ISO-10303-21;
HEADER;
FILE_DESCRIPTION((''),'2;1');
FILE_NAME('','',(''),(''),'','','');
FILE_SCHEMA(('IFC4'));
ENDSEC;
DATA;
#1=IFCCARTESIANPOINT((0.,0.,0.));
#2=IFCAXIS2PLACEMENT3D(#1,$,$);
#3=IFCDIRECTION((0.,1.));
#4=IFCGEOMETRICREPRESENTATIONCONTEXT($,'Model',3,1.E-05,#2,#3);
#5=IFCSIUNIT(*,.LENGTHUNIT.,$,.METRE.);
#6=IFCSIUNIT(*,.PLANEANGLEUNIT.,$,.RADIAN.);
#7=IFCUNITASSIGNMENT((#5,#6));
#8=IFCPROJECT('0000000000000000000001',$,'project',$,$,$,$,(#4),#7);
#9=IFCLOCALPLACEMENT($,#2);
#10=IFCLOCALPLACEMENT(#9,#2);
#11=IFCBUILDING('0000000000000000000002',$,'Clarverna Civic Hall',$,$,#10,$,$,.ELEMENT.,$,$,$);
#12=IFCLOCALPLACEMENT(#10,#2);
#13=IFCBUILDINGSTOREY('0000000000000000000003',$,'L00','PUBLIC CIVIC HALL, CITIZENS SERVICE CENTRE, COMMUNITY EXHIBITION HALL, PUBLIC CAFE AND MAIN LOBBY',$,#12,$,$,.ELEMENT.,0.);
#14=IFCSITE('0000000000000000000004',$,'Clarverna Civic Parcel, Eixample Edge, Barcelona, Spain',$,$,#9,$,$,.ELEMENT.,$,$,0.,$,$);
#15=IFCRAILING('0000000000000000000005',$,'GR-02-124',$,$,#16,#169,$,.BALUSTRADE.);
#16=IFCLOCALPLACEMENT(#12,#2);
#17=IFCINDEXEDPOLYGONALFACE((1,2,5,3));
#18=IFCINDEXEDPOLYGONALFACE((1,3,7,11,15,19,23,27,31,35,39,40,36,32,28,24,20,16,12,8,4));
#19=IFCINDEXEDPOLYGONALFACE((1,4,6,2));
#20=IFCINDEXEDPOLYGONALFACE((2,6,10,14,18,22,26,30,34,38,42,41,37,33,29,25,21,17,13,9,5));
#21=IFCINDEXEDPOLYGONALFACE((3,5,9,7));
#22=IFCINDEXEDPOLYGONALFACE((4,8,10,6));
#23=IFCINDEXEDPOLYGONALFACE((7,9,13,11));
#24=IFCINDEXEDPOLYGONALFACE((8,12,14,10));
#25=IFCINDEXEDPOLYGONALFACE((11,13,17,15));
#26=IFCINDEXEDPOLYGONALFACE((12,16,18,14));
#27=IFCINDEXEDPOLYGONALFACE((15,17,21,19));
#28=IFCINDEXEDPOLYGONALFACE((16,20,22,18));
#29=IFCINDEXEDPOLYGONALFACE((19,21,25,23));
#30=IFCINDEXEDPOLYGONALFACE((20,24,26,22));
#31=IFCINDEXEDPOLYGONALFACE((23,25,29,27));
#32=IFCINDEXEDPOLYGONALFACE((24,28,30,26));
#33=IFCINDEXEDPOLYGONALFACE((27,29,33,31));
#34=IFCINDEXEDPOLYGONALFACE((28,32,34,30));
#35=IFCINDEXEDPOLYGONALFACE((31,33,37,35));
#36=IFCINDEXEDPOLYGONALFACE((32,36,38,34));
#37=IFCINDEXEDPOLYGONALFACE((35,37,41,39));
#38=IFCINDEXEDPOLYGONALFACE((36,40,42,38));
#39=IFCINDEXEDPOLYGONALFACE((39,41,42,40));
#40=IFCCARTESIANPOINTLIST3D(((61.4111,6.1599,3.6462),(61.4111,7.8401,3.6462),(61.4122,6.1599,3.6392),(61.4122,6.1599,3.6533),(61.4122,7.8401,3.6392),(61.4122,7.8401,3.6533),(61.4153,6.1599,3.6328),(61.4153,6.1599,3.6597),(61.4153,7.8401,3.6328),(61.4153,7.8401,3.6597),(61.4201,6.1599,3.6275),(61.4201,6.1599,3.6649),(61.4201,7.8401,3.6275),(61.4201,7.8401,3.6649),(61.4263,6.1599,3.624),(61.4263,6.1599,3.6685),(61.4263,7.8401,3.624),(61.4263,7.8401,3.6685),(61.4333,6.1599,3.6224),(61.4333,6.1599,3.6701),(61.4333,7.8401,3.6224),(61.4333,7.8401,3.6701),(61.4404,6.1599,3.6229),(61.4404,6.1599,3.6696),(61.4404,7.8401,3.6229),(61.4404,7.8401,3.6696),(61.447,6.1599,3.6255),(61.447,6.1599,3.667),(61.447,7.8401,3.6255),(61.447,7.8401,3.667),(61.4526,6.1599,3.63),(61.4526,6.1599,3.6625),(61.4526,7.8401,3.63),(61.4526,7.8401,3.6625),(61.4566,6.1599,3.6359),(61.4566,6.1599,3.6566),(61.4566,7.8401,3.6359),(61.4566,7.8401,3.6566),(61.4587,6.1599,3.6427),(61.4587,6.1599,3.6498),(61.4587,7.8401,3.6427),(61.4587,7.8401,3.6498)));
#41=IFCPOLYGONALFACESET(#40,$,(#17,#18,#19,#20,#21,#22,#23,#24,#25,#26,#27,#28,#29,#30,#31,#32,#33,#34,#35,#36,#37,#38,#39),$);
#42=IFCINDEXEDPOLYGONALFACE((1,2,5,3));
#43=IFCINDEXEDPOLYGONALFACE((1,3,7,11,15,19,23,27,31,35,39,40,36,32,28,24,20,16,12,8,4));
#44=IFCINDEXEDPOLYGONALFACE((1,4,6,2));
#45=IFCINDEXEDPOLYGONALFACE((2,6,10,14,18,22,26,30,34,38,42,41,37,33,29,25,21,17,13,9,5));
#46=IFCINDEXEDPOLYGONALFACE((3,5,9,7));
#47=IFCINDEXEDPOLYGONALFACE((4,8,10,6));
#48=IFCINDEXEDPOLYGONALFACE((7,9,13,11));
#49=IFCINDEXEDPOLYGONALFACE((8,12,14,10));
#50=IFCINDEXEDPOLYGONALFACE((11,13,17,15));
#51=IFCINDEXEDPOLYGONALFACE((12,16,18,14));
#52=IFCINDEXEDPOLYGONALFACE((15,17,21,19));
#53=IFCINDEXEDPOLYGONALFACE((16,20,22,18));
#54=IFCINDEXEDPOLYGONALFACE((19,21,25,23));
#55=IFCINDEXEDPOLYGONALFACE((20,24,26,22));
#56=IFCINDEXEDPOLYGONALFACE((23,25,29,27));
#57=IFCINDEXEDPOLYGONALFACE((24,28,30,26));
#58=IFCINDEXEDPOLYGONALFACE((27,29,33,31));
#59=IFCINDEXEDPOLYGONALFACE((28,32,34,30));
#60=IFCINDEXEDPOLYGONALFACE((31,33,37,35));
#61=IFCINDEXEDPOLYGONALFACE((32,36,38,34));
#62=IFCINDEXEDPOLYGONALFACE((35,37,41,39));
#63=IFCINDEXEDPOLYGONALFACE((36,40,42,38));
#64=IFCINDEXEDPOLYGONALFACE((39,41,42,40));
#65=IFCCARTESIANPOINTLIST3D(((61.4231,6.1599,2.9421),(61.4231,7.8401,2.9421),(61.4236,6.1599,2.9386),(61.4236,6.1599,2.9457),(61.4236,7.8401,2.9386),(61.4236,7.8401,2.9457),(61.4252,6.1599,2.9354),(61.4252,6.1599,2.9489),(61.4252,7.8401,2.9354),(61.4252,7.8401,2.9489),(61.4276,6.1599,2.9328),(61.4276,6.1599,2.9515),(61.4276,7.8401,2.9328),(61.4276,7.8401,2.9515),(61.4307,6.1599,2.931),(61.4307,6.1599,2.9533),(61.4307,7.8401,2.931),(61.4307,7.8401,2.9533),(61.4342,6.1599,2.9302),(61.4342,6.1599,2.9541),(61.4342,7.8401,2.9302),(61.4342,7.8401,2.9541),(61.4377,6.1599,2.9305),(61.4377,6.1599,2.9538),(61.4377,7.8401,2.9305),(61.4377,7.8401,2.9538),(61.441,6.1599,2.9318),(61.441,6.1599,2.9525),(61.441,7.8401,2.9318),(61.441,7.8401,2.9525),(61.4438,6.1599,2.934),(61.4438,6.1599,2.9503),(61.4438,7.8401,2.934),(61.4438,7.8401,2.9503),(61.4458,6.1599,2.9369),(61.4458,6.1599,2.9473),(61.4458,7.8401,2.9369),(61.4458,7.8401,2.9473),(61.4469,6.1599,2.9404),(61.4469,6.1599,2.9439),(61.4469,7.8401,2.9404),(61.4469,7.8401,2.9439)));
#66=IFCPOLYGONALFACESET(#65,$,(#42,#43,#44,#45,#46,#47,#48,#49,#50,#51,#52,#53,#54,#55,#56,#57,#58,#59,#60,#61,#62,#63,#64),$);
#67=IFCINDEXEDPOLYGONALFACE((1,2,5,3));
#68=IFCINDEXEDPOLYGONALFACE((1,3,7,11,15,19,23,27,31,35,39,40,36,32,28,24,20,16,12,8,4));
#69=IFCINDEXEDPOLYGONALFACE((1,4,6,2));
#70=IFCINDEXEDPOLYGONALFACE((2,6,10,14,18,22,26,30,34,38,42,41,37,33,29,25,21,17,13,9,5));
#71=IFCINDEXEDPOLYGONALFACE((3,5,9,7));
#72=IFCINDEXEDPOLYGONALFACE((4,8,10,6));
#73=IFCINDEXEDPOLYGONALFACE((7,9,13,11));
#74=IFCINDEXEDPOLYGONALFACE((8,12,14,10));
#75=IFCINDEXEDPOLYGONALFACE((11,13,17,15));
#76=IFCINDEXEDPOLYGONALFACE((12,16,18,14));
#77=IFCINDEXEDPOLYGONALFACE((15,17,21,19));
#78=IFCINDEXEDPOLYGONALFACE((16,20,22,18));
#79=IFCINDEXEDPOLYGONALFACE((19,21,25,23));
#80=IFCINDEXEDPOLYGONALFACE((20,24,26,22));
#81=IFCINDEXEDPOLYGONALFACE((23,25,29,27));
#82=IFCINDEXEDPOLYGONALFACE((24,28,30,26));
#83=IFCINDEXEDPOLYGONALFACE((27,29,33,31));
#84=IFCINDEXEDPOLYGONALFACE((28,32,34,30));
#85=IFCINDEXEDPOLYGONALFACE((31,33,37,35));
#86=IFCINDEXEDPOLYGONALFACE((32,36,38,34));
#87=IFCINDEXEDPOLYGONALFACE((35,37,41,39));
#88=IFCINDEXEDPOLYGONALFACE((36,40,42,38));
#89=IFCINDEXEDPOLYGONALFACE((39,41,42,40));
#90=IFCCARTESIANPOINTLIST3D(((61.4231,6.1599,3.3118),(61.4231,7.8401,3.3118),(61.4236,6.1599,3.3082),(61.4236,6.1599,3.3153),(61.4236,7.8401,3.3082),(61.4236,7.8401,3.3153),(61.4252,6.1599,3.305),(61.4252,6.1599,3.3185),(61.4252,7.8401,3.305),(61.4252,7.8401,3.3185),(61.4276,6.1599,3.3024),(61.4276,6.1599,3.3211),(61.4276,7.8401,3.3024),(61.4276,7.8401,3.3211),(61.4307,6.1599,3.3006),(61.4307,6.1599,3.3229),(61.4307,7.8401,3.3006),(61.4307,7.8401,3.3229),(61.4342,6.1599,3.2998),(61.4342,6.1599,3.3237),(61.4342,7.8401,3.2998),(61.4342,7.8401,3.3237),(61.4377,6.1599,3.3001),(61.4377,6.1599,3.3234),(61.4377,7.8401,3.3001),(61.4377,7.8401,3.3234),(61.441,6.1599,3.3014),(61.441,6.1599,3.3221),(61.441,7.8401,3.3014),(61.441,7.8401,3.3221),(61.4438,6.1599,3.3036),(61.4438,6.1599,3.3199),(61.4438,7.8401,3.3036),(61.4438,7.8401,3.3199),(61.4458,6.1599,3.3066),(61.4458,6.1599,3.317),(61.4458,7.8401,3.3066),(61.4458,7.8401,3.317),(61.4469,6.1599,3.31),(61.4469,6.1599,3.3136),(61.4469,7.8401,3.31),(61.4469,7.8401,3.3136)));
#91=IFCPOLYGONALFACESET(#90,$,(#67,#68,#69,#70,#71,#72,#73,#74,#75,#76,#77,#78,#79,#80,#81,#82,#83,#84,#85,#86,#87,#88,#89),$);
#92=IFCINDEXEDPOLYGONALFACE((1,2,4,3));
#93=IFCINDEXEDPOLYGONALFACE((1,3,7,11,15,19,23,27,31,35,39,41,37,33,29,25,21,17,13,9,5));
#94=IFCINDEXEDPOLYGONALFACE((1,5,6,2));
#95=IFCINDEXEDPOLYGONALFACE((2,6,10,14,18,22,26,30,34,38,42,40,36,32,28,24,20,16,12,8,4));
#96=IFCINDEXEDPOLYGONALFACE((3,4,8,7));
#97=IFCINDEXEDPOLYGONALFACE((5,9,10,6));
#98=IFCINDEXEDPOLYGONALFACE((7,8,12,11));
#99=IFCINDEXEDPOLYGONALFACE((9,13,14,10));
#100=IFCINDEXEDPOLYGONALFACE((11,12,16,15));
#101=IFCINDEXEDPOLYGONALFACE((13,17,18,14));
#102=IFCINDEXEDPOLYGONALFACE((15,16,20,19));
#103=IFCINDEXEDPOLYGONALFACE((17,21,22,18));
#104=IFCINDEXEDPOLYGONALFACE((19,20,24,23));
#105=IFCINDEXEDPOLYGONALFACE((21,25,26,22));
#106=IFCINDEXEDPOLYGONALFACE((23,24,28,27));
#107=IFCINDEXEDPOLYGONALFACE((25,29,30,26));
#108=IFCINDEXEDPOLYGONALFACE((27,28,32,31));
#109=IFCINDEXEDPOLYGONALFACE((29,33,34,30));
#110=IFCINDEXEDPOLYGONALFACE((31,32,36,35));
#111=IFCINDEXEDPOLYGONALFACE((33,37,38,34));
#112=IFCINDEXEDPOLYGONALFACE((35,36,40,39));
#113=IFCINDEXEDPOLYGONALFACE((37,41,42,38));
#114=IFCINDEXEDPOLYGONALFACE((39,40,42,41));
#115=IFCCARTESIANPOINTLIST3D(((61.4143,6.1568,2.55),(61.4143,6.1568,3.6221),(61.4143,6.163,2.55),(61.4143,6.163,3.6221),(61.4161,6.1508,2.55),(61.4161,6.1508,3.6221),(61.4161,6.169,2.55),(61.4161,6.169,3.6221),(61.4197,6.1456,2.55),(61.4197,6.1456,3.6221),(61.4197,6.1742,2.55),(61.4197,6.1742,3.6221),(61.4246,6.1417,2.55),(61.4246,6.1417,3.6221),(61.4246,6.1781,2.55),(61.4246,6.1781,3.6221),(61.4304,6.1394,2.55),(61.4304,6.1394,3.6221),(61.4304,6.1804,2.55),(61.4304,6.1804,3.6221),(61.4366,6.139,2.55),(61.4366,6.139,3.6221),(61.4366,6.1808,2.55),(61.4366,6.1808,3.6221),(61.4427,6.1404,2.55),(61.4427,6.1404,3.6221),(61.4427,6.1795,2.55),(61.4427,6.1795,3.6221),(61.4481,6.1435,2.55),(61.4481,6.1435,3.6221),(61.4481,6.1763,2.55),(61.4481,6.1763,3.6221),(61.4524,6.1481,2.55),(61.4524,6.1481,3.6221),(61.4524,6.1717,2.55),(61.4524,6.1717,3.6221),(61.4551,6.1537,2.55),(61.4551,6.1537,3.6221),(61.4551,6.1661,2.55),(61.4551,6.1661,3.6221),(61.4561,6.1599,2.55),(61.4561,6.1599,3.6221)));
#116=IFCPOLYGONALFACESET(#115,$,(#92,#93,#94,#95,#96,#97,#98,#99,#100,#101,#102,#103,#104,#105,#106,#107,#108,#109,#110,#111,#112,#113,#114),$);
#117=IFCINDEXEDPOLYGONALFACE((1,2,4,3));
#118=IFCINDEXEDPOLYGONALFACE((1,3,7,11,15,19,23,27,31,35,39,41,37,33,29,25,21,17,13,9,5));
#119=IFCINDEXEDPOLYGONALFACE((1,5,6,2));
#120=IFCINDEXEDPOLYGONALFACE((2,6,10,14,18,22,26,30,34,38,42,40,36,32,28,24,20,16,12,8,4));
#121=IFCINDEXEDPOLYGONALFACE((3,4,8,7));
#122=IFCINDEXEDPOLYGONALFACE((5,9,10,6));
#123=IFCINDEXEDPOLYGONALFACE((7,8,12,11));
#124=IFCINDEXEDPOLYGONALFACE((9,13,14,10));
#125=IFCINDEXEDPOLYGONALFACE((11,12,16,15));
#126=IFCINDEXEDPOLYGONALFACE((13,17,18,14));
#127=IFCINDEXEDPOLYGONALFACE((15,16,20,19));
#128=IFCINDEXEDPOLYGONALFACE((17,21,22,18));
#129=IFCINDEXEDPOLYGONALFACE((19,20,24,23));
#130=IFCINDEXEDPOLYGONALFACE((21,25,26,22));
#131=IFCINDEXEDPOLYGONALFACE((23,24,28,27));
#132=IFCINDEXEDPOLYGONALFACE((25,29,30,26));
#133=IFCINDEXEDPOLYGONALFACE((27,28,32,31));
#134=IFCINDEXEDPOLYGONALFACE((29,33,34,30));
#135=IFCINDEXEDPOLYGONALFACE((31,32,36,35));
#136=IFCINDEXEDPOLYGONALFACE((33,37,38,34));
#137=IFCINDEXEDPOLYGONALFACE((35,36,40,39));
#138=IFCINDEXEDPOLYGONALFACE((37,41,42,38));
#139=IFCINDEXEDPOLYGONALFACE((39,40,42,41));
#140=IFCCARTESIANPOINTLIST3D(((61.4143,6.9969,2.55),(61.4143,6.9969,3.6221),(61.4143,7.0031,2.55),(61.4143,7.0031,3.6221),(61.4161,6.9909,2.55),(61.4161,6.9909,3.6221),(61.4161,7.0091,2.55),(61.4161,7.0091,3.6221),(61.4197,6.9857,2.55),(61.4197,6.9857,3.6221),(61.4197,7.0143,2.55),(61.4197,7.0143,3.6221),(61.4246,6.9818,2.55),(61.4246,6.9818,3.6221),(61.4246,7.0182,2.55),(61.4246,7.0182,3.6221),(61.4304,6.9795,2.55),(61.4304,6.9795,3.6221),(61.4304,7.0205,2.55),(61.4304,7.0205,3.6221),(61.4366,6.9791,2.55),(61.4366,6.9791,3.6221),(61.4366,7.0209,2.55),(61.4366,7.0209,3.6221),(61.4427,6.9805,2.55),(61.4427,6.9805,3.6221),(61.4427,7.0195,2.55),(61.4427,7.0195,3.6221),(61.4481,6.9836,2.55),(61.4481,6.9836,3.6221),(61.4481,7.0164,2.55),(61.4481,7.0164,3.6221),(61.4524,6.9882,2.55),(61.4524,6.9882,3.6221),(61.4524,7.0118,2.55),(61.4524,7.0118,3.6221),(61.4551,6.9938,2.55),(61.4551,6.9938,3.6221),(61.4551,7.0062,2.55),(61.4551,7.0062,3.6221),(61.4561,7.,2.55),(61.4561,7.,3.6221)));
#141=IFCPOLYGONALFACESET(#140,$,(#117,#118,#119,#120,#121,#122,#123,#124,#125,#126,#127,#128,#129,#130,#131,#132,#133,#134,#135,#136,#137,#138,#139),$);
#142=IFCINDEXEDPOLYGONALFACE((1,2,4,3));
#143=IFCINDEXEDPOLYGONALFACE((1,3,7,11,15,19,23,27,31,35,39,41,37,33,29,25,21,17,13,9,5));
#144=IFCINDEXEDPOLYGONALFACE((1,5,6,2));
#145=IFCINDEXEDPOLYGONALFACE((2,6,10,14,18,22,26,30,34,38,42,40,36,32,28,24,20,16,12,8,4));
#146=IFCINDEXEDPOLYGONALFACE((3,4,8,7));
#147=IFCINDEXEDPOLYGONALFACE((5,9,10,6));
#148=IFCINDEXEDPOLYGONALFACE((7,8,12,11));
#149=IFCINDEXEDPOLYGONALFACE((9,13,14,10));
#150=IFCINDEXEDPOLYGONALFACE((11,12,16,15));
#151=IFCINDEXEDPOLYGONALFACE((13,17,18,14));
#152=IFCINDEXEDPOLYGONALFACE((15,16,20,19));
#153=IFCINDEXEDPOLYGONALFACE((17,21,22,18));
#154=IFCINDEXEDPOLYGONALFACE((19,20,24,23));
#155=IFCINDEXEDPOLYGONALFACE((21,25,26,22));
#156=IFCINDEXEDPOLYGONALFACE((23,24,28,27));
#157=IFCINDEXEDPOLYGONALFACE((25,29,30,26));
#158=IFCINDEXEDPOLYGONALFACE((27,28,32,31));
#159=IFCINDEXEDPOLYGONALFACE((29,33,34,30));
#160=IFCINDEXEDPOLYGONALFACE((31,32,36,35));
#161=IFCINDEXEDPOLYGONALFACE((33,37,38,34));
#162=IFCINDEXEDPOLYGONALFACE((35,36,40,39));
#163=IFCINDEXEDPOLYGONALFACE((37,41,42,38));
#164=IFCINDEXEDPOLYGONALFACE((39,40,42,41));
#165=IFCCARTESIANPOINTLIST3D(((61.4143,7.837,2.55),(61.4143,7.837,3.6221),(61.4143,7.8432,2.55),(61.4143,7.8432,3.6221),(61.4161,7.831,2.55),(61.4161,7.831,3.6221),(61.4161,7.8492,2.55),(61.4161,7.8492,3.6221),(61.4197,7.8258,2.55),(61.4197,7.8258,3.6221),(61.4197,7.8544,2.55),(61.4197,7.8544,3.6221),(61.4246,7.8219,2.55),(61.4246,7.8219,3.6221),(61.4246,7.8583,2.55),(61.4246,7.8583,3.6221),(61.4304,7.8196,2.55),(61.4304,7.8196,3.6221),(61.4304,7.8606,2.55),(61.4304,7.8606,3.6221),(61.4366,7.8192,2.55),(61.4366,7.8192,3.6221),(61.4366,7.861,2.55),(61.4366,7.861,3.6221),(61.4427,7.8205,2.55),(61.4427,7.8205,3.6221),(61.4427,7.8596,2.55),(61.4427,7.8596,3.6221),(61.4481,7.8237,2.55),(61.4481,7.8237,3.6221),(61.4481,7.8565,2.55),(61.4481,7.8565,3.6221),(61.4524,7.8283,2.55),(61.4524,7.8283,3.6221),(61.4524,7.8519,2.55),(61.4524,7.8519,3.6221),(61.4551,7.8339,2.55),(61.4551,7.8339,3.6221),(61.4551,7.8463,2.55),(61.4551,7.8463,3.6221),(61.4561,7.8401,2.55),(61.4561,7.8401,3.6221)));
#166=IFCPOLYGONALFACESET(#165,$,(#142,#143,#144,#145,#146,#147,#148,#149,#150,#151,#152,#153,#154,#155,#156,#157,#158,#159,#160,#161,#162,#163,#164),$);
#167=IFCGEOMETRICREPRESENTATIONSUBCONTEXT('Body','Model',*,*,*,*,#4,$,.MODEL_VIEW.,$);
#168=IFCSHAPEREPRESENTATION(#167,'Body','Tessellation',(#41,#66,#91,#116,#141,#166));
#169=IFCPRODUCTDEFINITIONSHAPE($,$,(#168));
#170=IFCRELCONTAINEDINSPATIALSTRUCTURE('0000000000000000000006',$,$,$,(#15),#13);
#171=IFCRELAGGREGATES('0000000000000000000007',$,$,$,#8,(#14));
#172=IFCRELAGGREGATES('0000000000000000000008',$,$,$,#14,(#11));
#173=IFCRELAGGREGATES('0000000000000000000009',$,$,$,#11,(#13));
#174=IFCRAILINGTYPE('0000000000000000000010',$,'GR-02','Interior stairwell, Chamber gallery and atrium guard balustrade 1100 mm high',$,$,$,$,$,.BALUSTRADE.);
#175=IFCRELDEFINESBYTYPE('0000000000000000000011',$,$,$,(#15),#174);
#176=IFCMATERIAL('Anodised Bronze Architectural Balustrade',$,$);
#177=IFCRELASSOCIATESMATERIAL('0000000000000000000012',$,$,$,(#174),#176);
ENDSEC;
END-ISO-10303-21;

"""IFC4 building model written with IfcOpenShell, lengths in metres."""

from ifc_helpers import new_model, si_unit, direction, frame, origin, origin_2d, place, context, subcontext, project, spatial, circle, extrude, material, type_object, element, save


model = new_model("IFC4")

# Units and contexts
model_context = context("Model", 3, precision=1e-05, world=origin(), true_north=direction((0.0, 1.0)))
body_context = subcontext(model_context, "Body", "Model", "MODEL_VIEW")
ifc_project = project(units=[si_unit("LENGTHUNIT", "METRE"), si_unit("PLANEANGLEUNIT", "RADIAN")], contexts=[model_context])

# Site, building, storey
site_placement = place(None, origin())
site = spatial("IfcSite", under=ifc_project, at=site_placement, Name="Clarverna Civic Parcel, Eixample Edge, Barcelona, Spain", CompositionType="ELEMENT", RefElevation=0.0)
building_placement = place(site_placement, origin())
building = spatial("IfcBuilding", under=site, at=building_placement, Name="Clarverna Civic Hall", CompositionType="ELEMENT")
storey_placement = place(building_placement, origin())
storey = spatial("IfcBuildingStorey", under=building, at=storey_placement, Name="L00", Description="PUBLIC CIVIC HALL, CITIZENS SERVICE CENTRE, COMMUNITY EXHIBITION HALL, PUBLIC CAFE AND MAIN LOBBY", CompositionType="ELEMENT", Elevation=0.0)

# Railing
ifc_material_1 = material(Name="Anodised Bronze Architectural Balustrade")
railing_type_1 = type_object("IfcRailingType", Name="GR-02", Description="Interior stairwell, Chamber gallery and atrium guard balustrade 1100 mm high", PredefinedType="BALUSTRADE", material=ifc_material_1)
railing_1_placement = place(storey_placement, frame((61.4351, 6.1599, 2.55)))
element("IfcRailing", 1, at=railing_1_placement, inside=storey, type_object=railing_type_1, Name="GR-02-124", PredefinedType="BALUSTRADE", context=body_context, shape_type="SweptSolid", body=[
    extrude(circle(Radius=0.0239, at=origin_2d()), frame((0.0, 0.0, 1.0962), z_axis=(0.0, 1.0, 0.0), x_axis=(-1.0, 0.0, 0.0)), (0.0, 0.0, 1.0), 1.6802),
    extrude(circle(Radius=0.012, at=origin_2d()), frame((0.0, 0.0, 0.3921), z_axis=(0.0, 1.0, 0.0), x_axis=(-1.0, 0.0, 0.0)), (0.0, 0.0, 1.0), 1.6802),
    extrude(circle(Radius=0.012, at=origin_2d()), frame((0.0, 0.0, 0.7617), z_axis=(0.0, 1.0, 0.0), x_axis=(-1.0, 0.0, 0.0)), (0.0, 0.0, 1.0), 1.6802),
    extrude(circle(Radius=0.021, at=origin_2d()), origin(), (0.0, 0.0, 1.0), 1.072),
    extrude(circle(Radius=0.021, at=origin_2d()), frame((0.0, 0.8401, 0.0)), (0.0, 0.0, 1.0), 1.072),
    extrude(circle(Radius=0.021, at=origin_2d()), frame((0.0, 1.6802, 0.0)), (0.0, 0.0, 1.0), 1.072),
])

save(model, "model.ifc")
